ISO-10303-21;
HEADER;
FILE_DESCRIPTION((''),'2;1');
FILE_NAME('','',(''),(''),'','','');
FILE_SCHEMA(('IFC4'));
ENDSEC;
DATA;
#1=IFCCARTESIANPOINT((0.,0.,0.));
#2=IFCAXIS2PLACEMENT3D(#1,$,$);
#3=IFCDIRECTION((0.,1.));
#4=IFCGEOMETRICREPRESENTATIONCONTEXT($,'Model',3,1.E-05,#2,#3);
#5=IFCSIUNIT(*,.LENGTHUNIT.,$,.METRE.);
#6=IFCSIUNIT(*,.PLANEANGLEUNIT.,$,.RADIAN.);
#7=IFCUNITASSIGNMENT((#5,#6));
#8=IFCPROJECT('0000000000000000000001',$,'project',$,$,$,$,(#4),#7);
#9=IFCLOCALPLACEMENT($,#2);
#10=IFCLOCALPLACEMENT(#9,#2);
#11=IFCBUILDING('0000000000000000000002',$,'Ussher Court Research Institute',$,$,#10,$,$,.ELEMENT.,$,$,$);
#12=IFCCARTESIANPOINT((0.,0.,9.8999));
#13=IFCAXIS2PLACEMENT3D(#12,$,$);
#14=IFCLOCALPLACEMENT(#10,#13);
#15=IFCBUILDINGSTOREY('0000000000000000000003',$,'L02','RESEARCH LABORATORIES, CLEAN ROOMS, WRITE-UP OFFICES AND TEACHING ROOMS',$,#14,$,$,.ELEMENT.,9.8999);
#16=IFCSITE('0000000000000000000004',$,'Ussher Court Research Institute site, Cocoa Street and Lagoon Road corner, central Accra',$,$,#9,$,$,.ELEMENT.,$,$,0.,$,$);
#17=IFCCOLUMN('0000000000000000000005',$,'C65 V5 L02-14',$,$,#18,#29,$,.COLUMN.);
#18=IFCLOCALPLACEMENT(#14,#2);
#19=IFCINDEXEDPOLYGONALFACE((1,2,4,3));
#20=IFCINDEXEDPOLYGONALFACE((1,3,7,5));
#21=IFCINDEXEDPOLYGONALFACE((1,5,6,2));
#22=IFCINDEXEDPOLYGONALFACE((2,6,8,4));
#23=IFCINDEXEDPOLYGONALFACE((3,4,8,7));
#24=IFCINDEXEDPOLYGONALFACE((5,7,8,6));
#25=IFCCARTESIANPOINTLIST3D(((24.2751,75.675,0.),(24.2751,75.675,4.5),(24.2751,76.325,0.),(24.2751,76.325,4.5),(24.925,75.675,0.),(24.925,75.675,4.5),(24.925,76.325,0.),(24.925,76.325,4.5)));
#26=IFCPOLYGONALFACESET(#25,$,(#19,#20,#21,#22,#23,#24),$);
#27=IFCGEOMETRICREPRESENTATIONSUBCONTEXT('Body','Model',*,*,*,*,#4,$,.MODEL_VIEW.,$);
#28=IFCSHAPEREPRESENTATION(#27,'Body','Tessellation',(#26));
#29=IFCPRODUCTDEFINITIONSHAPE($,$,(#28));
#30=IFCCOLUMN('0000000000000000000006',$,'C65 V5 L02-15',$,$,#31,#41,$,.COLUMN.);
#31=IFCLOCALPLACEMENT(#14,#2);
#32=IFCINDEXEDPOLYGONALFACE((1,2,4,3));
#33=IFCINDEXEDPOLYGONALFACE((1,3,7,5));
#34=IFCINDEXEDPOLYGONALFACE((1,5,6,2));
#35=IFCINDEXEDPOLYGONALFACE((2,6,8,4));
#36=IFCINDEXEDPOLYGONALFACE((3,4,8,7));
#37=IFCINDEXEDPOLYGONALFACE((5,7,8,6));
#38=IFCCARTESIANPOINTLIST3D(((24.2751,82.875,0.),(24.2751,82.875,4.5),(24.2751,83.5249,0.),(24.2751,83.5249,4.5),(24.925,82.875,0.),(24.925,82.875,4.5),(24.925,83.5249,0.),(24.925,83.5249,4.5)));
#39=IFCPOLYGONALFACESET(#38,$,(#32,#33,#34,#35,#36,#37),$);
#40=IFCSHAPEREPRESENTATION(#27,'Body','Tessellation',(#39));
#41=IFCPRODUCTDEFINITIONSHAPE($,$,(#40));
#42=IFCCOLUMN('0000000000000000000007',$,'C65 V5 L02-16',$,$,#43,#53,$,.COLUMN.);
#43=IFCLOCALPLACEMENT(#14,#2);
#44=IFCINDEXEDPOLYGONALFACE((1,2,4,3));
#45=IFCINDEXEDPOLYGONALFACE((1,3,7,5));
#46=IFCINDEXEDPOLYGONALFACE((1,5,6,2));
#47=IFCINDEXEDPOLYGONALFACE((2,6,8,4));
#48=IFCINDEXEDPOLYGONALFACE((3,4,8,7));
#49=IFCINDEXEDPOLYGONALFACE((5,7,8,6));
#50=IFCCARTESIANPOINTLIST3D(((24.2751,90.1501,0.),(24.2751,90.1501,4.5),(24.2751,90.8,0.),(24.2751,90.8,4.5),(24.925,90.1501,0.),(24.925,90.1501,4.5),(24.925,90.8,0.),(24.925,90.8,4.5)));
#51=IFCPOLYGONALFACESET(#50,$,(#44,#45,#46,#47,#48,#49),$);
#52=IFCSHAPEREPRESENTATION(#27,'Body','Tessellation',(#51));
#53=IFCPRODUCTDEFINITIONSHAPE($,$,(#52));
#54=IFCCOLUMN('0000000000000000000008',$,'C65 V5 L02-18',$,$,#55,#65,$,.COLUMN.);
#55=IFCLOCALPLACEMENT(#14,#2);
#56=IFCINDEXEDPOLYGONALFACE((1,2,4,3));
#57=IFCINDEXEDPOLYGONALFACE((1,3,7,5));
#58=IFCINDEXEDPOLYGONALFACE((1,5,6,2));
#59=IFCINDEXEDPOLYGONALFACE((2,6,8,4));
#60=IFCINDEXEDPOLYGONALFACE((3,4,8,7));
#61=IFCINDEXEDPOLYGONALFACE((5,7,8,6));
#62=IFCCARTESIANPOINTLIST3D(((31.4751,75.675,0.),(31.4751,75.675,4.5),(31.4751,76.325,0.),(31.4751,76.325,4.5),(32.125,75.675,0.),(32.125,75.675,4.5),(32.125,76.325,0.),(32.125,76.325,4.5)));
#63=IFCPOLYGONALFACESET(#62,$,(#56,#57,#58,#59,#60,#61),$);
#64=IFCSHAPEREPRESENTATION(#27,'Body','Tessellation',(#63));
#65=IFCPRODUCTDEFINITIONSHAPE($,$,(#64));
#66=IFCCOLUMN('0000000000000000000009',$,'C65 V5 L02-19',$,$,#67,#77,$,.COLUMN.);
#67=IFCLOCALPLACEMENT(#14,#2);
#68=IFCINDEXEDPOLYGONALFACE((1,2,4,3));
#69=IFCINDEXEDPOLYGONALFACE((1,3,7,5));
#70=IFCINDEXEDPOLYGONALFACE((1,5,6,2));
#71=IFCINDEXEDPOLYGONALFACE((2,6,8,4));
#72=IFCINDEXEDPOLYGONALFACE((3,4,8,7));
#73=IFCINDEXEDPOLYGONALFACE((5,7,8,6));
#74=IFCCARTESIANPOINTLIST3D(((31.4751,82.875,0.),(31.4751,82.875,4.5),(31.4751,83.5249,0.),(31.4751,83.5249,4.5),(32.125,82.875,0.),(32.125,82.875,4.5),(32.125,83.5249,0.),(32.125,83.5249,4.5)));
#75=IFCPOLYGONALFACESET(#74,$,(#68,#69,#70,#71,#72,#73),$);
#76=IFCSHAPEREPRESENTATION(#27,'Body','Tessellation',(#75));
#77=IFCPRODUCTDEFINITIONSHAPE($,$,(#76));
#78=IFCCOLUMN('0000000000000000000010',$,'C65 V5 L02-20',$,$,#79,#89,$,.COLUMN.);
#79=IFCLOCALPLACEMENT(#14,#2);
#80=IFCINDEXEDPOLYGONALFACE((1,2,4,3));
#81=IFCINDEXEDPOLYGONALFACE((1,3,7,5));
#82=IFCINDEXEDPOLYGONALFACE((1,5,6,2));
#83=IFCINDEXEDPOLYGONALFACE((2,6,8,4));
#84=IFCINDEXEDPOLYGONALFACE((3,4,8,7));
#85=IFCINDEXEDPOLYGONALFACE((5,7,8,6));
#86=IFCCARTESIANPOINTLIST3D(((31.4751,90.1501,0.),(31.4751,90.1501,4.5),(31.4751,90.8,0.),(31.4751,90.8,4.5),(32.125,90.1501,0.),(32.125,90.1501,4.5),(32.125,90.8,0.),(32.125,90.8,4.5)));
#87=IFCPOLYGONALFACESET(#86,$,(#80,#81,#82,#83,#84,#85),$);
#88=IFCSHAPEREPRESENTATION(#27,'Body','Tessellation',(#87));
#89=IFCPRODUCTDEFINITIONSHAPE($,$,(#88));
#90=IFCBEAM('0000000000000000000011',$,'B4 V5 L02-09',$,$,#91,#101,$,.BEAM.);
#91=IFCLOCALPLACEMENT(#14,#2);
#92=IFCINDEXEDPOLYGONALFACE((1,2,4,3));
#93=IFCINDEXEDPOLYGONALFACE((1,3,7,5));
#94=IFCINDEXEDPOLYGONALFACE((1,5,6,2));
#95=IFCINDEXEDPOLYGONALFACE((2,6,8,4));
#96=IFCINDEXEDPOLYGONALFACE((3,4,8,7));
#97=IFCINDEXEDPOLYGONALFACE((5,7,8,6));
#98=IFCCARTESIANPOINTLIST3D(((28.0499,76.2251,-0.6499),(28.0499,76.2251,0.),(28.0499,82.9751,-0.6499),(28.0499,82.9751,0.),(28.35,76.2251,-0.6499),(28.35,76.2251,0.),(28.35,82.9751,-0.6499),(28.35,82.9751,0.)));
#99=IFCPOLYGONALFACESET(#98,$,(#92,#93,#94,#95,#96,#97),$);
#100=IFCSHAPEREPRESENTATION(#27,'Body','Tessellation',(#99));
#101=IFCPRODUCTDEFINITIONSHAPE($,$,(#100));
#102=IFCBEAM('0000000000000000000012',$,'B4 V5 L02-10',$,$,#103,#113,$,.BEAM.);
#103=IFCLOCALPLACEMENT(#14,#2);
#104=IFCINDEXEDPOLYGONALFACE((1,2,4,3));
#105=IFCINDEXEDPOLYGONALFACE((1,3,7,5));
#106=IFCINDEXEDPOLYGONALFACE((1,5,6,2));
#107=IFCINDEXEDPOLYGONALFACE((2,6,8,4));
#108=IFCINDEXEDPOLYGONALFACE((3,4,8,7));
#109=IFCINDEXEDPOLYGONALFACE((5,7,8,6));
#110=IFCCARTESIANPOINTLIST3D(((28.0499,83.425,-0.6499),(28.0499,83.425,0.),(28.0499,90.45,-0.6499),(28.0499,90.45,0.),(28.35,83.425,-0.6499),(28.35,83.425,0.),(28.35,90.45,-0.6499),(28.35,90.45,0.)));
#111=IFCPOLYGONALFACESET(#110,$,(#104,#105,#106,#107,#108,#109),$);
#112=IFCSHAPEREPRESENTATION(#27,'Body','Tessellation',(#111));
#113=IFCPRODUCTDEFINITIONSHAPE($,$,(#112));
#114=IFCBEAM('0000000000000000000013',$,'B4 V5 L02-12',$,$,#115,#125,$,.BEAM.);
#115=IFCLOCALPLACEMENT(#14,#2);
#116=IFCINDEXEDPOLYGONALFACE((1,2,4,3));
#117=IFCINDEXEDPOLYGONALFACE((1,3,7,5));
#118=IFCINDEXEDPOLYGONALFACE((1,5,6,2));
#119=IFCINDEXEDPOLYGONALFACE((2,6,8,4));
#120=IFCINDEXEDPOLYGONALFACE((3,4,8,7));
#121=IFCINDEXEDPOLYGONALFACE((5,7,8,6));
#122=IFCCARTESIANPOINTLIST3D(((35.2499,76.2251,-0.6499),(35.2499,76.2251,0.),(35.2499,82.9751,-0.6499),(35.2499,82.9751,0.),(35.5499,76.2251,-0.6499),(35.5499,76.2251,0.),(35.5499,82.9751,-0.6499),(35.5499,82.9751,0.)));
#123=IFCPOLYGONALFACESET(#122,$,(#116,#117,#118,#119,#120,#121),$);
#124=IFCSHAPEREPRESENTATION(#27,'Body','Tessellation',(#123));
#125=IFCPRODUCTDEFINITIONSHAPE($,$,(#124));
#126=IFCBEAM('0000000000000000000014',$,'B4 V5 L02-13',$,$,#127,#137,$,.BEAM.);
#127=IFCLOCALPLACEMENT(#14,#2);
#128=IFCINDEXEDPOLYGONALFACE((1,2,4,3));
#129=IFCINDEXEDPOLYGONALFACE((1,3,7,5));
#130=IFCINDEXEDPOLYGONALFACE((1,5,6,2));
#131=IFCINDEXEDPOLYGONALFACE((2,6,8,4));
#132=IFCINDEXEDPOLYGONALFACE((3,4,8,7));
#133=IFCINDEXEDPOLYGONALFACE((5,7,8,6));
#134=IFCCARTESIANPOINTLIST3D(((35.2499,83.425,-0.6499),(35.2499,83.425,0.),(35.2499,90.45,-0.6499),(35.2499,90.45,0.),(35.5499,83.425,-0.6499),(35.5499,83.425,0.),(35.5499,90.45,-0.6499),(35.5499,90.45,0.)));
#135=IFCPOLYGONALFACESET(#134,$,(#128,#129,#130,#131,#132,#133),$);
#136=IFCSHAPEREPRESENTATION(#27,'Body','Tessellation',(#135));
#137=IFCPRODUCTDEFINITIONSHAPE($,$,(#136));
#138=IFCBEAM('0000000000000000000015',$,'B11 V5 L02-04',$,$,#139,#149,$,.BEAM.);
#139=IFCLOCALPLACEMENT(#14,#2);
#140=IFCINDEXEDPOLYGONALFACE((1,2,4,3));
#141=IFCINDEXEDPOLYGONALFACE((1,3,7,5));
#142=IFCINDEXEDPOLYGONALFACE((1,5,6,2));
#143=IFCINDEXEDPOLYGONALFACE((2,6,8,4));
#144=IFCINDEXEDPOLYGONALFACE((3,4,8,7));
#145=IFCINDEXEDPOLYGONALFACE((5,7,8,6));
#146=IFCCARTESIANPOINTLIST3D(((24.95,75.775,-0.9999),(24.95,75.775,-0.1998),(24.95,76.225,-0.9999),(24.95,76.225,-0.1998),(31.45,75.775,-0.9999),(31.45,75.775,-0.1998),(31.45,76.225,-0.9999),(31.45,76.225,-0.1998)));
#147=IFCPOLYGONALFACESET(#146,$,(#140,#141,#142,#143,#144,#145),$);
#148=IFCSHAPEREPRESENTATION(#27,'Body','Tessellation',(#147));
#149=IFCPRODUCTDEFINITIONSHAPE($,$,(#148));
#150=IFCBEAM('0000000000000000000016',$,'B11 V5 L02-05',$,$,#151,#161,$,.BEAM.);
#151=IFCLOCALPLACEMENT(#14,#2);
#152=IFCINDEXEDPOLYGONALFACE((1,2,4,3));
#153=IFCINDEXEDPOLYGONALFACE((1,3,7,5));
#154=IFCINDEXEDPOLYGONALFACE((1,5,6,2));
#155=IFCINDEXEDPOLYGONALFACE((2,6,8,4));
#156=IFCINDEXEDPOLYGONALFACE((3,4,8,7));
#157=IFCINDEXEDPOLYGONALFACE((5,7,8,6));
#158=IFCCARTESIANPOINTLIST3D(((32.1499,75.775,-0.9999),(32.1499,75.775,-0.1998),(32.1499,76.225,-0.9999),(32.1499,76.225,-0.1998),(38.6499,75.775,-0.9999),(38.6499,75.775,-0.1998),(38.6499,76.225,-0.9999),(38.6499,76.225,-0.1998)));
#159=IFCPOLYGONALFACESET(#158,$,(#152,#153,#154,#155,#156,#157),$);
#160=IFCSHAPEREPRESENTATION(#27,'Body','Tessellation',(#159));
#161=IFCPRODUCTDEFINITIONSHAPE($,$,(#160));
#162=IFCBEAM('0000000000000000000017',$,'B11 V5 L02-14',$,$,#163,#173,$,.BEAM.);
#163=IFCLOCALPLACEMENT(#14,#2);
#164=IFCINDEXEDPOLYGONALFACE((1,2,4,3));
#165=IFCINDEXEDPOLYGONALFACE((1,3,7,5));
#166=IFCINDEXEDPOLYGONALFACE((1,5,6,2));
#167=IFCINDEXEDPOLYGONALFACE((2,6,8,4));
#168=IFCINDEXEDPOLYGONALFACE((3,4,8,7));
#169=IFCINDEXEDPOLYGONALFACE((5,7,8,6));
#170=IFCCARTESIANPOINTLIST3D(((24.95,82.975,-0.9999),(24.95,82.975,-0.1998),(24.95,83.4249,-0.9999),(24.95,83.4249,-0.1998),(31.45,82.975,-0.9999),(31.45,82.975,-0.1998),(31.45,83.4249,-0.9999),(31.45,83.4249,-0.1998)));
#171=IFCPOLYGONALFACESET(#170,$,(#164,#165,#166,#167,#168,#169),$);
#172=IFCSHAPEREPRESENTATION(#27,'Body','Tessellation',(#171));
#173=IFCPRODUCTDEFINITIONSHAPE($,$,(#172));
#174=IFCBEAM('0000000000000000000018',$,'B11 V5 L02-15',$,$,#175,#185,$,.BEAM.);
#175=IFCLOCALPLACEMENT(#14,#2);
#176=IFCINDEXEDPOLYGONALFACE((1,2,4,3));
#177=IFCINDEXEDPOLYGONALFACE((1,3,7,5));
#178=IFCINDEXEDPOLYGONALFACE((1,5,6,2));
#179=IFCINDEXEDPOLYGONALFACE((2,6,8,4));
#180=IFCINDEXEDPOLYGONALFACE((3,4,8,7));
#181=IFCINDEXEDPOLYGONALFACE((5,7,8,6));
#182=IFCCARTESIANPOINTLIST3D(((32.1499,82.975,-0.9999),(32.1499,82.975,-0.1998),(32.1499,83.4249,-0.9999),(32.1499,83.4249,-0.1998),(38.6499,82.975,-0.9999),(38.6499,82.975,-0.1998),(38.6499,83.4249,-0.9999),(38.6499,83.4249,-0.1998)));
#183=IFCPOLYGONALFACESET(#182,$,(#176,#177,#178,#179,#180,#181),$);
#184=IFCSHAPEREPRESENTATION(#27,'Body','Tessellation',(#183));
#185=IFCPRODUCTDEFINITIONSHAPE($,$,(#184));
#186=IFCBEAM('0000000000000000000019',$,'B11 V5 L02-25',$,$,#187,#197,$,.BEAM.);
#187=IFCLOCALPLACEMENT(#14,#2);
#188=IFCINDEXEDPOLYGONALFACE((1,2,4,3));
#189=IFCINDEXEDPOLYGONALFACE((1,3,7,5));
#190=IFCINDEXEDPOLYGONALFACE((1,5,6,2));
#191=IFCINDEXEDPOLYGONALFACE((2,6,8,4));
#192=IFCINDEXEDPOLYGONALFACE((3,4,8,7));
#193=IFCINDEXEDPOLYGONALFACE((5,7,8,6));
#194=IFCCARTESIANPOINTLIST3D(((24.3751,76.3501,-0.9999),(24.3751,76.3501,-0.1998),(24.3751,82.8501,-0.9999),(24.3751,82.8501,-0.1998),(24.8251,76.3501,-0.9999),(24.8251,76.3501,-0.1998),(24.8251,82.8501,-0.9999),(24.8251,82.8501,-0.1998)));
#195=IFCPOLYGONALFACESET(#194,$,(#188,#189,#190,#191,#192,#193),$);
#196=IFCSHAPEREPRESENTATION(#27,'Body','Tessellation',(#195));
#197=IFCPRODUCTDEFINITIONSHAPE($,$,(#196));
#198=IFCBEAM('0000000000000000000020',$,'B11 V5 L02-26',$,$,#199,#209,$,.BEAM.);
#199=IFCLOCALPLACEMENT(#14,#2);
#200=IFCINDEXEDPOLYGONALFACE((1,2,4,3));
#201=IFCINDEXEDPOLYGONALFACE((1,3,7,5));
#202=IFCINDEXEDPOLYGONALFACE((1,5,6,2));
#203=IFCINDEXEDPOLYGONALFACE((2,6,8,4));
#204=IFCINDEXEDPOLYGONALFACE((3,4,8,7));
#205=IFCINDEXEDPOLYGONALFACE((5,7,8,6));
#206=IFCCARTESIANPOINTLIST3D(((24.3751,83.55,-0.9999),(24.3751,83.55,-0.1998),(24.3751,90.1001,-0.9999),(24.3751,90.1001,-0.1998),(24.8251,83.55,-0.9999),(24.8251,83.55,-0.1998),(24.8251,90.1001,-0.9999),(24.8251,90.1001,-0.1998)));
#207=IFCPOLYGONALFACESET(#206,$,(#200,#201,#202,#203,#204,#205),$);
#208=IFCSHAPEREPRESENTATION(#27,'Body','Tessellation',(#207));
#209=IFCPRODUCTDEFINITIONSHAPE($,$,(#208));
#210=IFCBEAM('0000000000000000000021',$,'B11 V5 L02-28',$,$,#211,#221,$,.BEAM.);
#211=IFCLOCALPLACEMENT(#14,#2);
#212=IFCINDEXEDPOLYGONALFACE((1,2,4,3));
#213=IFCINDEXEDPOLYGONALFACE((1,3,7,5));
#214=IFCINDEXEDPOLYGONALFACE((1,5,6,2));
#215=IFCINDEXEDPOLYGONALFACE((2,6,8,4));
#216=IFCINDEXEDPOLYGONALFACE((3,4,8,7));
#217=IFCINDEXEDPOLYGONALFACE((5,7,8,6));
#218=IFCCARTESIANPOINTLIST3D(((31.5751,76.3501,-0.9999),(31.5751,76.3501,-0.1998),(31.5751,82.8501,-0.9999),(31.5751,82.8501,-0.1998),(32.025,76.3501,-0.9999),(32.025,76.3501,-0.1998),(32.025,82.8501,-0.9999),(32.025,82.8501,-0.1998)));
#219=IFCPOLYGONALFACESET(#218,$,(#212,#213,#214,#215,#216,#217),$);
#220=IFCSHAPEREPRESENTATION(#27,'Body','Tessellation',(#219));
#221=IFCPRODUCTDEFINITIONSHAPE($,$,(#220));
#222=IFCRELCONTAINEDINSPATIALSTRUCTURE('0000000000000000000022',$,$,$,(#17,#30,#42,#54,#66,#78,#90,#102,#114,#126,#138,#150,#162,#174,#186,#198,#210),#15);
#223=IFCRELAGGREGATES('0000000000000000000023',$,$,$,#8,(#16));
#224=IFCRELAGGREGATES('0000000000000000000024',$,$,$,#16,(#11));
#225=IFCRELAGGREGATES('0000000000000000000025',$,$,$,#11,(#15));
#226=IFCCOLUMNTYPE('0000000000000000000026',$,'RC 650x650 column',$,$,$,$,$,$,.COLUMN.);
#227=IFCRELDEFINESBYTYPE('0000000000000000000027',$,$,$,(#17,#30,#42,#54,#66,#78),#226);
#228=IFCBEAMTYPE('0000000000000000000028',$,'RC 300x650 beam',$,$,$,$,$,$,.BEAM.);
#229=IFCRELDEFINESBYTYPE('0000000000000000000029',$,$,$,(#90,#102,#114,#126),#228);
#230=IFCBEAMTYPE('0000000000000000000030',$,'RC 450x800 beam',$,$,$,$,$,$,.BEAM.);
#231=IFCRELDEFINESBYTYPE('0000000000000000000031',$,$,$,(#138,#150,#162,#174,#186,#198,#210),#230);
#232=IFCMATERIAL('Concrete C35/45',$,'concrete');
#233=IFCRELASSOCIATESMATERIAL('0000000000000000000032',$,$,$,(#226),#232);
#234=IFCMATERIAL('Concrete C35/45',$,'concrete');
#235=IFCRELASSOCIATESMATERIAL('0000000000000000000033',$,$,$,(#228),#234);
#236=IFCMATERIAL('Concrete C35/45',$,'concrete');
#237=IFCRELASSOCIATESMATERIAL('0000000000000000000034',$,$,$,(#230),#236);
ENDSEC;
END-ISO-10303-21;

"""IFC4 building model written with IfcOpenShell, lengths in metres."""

from ifc_helpers import new_model, si_unit, direction, frame, origin, origin_2d, place, context, subcontext, project, spatial, rectangle, extrude, material, material_profile, profile_set, type_object, element, save


model = new_model("IFC4")

# Units and contexts
model_context = context("Model", 3, precision=1e-05, world=origin(), true_north=direction((0.0, 1.0)))
body_context = subcontext(model_context, "Body", "Model", "MODEL_VIEW")
ifc_project = project(units=[si_unit("LENGTHUNIT", "METRE"), si_unit("PLANEANGLEUNIT", "RADIAN")], contexts=[model_context])

# Site, building, storey
site_placement = place(None, origin())
site = spatial("IfcSite", under=ifc_project, at=site_placement, Name="Ussher Court Research Institute site, Cocoa Street and Lagoon Road corner, central Accra", CompositionType="ELEMENT", RefElevation=0.0)
building_placement = place(site_placement, origin())
building = spatial("IfcBuilding", under=site, at=building_placement, Name="Ussher Court Research Institute", CompositionType="ELEMENT")
storey_placement = place(building_placement, frame((0.0, 0.0, 9.8999)))
storey = spatial("IfcBuildingStorey", under=building, at=storey_placement, Name="L02", Description="RESEARCH LABORATORIES, CLEAN ROOMS, WRITE-UP OFFICES AND TEACHING ROOMS", CompositionType="ELEMENT", Elevation=9.8999)

# Columns
ifc_material_1 = material(Name="Concrete C35/45", Category="concrete")
ifc_material_profile_1 = material_profile(ifc_material_1, rectangle(XDim=0.6499, YDim=0.6499, at=origin_2d()), Name="RC 650x650")
ifc_profile_set_1 = profile_set([ifc_material_profile_1], Name="Concrete C35/45")
column_type = type_object("IfcColumnType", Name="RC 650x650 column", PredefinedType="COLUMN", material=ifc_profile_set_1)
for number, where, z_axis, x_axis, name in (
    (1, (24.6001, 76.0, 0.0), (0.0, 0.0, 1.0), (1.0, 0.0, 0.0), "C65 V5 L02-14"),
    (2, (24.6001, 83.2, 0.0), (0.0, 0.0, 1.0), (1.0, 0.0, 0.0), "C65 V5 L02-15"),
    (3, (24.6001, 90.4751, 0.0), (0.0, 0.0, 1.0), (1.0, 0.0, 0.0), "C65 V5 L02-16"),
    (4, (31.8, 76.0, 0.0), (0.0, 0.0, 1.0), (1.0, 0.0, 0.0), "C65 V5 L02-18"),
    (5, (31.8, 83.2, 0.0), (0.0, 0.0, 1.0), (1.0, 0.0, 0.0), "C65 V5 L02-19"),
    (6, (31.8, 90.4751, 0.0), (0.0, 0.0, 1.0), (1.0, 0.0, 0.0), "C65 V5 L02-20"),
):
    element("IfcColumn", number, at=place(storey_placement, frame(where, z_axis=z_axis, x_axis=x_axis)), inside=storey, type_object=column_type, Name=name, PredefinedType="COLUMN", context=body_context, shape_type="SweptSolid", body=[
        extrude(rectangle(XDim=0.6499, YDim=0.6499, at=origin_2d()), origin(), (0.0, 0.0, 1.0), 4.5),
    ])

# Beams
ifc_material_2 = material(Name="Concrete C35/45", Category="concrete")
ifc_material_profile_2 = material_profile(ifc_material_2, rectangle(XDim=0.3, YDim=0.6499, at=origin_2d()), Name="RC 300x650")
ifc_profile_set_2 = profile_set([ifc_material_profile_2], Name="Concrete C35/45")
beam_type_1 = type_object("IfcBeamType", Name="RC 300x650 beam", PredefinedType="BEAM", material=ifc_profile_set_2)
beam_1_placement = place(storey_placement, frame((28.2, 76.2251, -0.325), z_axis=(0.0, 1.0, 0.0), x_axis=(-1.0, 0.0, 0.0)))
element("IfcBeam", 7, at=beam_1_placement, inside=storey, type_object=beam_type_1, Name="B4 V5 L02-09", PredefinedType="BEAM", context=body_context, shape_type="SweptSolid", body=[
    extrude(rectangle(XDim=0.3, YDim=0.6499, at=origin_2d()), origin(), (0.0, 0.0, 1.0), 6.75),
])
beam_2_placement = place(storey_placement, frame((28.2, 83.425, -0.325), z_axis=(0.0, 1.0, 0.0), x_axis=(-1.0, 0.0, 0.0)))
element("IfcBeam", 8, at=beam_2_placement, inside=storey, type_object=beam_type_1, Name="B4 V5 L02-10", PredefinedType="BEAM", context=body_context, shape_type="SweptSolid", body=[
    extrude(rectangle(XDim=0.3, YDim=0.6499, at=origin_2d()), origin(), (0.0, 0.0, 1.0), 7.0249),
])
beam_3_placement = place(storey_placement, frame((35.3999, 76.2251, -0.325), z_axis=(0.0, 1.0, 0.0), x_axis=(-1.0, 0.0, 0.0)))
element("IfcBeam", 9, at=beam_3_placement, inside=storey, type_object=beam_type_1, Name="B4 V5 L02-12", PredefinedType="BEAM", context=body_context, shape_type="SweptSolid", body=[
    extrude(rectangle(XDim=0.3, YDim=0.6499, at=origin_2d()), origin(), (0.0, 0.0, 1.0), 6.75),
])
beam_4_placement = place(storey_placement, frame((35.3999, 83.425, -0.325), z_axis=(0.0, 1.0, 0.0), x_axis=(-1.0, 0.0, 0.0)))
element("IfcBeam", 10, at=beam_4_placement, inside=storey, type_object=beam_type_1, Name="B4 V5 L02-13", PredefinedType="BEAM", context=body_context, shape_type="SweptSolid", body=[
    extrude(rectangle(XDim=0.3, YDim=0.6499, at=origin_2d()), origin(), (0.0, 0.0, 1.0), 7.0249),
])
ifc_material_3 = material(Name="Concrete C35/45", Category="concrete")
ifc_material_profile_3 = material_profile(ifc_material_3, rectangle(XDim=0.45, YDim=0.8, at=origin_2d()), Name="RC 450x800")
ifc_profile_set_3 = profile_set([ifc_material_profile_3], Name="Concrete C35/45")
beam_type_2 = type_object("IfcBeamType", Name="RC 450x800 beam", PredefinedType="BEAM", material=ifc_profile_set_3)
for number, where, z_axis, x_axis, name in (
    (11, (24.95, 76.0, -0.5999), (1.0, 0.0, 0.0), (0.0, 1.0, 0.0), "B11 V5 L02-04"),
    (12, (32.1499, 76.0, -0.5999), (1.0, 0.0, 0.0), (0.0, 1.0, 0.0), "B11 V5 L02-05"),
    (13, (24.95, 83.2, -0.5999), (1.0, 0.0, 0.0), (0.0, 1.0, 0.0), "B11 V5 L02-14"),
    (14, (32.1499, 83.2, -0.5999), (1.0, 0.0, 0.0), (0.0, 1.0, 0.0), "B11 V5 L02-15"),
    (15, (24.6001, 76.3501, -0.5999), (0.0, 1.0, 0.0), (-1.0, 0.0, 0.0), "B11 V5 L02-25"),
):
    element("IfcBeam", number, at=place(storey_placement, frame(where, z_axis=z_axis, x_axis=x_axis)), inside=storey, type_object=beam_type_2, Name=name, PredefinedType="BEAM", context=body_context, shape_type="SweptSolid", body=[
        extrude(rectangle(XDim=0.45, YDim=0.8, at=origin_2d()), origin(), (0.0, 0.0, 1.0), 6.5),
    ])
beam_5_placement = place(storey_placement, frame((24.6001, 83.55, -0.5999), z_axis=(0.0, 1.0, 0.0), x_axis=(-1.0, 0.0, 0.0)))
element("IfcBeam", 16, at=beam_5_placement, inside=storey, type_object=beam_type_2, Name="B11 V5 L02-26", PredefinedType="BEAM", context=body_context, shape_type="SweptSolid", body=[
    extrude(rectangle(XDim=0.45, YDim=0.8, at=origin_2d()), origin(), (0.0, 0.0, 1.0), 6.55),
])
beam_6_placement = place(storey_placement, frame((31.8, 76.3501, -0.5999), z_axis=(0.0, 1.0, 0.0), x_axis=(-1.0, 0.0, 0.0)))
element("IfcBeam", 17, at=beam_6_placement, inside=storey, type_object=beam_type_2, Name="B11 V5 L02-28", PredefinedType="BEAM", context=body_context, shape_type="SweptSolid", body=[
    extrude(rectangle(XDim=0.45, YDim=0.8, at=origin_2d()), origin(), (0.0, 0.0, 1.0), 6.5),
])

save(model, "model.ifc")
